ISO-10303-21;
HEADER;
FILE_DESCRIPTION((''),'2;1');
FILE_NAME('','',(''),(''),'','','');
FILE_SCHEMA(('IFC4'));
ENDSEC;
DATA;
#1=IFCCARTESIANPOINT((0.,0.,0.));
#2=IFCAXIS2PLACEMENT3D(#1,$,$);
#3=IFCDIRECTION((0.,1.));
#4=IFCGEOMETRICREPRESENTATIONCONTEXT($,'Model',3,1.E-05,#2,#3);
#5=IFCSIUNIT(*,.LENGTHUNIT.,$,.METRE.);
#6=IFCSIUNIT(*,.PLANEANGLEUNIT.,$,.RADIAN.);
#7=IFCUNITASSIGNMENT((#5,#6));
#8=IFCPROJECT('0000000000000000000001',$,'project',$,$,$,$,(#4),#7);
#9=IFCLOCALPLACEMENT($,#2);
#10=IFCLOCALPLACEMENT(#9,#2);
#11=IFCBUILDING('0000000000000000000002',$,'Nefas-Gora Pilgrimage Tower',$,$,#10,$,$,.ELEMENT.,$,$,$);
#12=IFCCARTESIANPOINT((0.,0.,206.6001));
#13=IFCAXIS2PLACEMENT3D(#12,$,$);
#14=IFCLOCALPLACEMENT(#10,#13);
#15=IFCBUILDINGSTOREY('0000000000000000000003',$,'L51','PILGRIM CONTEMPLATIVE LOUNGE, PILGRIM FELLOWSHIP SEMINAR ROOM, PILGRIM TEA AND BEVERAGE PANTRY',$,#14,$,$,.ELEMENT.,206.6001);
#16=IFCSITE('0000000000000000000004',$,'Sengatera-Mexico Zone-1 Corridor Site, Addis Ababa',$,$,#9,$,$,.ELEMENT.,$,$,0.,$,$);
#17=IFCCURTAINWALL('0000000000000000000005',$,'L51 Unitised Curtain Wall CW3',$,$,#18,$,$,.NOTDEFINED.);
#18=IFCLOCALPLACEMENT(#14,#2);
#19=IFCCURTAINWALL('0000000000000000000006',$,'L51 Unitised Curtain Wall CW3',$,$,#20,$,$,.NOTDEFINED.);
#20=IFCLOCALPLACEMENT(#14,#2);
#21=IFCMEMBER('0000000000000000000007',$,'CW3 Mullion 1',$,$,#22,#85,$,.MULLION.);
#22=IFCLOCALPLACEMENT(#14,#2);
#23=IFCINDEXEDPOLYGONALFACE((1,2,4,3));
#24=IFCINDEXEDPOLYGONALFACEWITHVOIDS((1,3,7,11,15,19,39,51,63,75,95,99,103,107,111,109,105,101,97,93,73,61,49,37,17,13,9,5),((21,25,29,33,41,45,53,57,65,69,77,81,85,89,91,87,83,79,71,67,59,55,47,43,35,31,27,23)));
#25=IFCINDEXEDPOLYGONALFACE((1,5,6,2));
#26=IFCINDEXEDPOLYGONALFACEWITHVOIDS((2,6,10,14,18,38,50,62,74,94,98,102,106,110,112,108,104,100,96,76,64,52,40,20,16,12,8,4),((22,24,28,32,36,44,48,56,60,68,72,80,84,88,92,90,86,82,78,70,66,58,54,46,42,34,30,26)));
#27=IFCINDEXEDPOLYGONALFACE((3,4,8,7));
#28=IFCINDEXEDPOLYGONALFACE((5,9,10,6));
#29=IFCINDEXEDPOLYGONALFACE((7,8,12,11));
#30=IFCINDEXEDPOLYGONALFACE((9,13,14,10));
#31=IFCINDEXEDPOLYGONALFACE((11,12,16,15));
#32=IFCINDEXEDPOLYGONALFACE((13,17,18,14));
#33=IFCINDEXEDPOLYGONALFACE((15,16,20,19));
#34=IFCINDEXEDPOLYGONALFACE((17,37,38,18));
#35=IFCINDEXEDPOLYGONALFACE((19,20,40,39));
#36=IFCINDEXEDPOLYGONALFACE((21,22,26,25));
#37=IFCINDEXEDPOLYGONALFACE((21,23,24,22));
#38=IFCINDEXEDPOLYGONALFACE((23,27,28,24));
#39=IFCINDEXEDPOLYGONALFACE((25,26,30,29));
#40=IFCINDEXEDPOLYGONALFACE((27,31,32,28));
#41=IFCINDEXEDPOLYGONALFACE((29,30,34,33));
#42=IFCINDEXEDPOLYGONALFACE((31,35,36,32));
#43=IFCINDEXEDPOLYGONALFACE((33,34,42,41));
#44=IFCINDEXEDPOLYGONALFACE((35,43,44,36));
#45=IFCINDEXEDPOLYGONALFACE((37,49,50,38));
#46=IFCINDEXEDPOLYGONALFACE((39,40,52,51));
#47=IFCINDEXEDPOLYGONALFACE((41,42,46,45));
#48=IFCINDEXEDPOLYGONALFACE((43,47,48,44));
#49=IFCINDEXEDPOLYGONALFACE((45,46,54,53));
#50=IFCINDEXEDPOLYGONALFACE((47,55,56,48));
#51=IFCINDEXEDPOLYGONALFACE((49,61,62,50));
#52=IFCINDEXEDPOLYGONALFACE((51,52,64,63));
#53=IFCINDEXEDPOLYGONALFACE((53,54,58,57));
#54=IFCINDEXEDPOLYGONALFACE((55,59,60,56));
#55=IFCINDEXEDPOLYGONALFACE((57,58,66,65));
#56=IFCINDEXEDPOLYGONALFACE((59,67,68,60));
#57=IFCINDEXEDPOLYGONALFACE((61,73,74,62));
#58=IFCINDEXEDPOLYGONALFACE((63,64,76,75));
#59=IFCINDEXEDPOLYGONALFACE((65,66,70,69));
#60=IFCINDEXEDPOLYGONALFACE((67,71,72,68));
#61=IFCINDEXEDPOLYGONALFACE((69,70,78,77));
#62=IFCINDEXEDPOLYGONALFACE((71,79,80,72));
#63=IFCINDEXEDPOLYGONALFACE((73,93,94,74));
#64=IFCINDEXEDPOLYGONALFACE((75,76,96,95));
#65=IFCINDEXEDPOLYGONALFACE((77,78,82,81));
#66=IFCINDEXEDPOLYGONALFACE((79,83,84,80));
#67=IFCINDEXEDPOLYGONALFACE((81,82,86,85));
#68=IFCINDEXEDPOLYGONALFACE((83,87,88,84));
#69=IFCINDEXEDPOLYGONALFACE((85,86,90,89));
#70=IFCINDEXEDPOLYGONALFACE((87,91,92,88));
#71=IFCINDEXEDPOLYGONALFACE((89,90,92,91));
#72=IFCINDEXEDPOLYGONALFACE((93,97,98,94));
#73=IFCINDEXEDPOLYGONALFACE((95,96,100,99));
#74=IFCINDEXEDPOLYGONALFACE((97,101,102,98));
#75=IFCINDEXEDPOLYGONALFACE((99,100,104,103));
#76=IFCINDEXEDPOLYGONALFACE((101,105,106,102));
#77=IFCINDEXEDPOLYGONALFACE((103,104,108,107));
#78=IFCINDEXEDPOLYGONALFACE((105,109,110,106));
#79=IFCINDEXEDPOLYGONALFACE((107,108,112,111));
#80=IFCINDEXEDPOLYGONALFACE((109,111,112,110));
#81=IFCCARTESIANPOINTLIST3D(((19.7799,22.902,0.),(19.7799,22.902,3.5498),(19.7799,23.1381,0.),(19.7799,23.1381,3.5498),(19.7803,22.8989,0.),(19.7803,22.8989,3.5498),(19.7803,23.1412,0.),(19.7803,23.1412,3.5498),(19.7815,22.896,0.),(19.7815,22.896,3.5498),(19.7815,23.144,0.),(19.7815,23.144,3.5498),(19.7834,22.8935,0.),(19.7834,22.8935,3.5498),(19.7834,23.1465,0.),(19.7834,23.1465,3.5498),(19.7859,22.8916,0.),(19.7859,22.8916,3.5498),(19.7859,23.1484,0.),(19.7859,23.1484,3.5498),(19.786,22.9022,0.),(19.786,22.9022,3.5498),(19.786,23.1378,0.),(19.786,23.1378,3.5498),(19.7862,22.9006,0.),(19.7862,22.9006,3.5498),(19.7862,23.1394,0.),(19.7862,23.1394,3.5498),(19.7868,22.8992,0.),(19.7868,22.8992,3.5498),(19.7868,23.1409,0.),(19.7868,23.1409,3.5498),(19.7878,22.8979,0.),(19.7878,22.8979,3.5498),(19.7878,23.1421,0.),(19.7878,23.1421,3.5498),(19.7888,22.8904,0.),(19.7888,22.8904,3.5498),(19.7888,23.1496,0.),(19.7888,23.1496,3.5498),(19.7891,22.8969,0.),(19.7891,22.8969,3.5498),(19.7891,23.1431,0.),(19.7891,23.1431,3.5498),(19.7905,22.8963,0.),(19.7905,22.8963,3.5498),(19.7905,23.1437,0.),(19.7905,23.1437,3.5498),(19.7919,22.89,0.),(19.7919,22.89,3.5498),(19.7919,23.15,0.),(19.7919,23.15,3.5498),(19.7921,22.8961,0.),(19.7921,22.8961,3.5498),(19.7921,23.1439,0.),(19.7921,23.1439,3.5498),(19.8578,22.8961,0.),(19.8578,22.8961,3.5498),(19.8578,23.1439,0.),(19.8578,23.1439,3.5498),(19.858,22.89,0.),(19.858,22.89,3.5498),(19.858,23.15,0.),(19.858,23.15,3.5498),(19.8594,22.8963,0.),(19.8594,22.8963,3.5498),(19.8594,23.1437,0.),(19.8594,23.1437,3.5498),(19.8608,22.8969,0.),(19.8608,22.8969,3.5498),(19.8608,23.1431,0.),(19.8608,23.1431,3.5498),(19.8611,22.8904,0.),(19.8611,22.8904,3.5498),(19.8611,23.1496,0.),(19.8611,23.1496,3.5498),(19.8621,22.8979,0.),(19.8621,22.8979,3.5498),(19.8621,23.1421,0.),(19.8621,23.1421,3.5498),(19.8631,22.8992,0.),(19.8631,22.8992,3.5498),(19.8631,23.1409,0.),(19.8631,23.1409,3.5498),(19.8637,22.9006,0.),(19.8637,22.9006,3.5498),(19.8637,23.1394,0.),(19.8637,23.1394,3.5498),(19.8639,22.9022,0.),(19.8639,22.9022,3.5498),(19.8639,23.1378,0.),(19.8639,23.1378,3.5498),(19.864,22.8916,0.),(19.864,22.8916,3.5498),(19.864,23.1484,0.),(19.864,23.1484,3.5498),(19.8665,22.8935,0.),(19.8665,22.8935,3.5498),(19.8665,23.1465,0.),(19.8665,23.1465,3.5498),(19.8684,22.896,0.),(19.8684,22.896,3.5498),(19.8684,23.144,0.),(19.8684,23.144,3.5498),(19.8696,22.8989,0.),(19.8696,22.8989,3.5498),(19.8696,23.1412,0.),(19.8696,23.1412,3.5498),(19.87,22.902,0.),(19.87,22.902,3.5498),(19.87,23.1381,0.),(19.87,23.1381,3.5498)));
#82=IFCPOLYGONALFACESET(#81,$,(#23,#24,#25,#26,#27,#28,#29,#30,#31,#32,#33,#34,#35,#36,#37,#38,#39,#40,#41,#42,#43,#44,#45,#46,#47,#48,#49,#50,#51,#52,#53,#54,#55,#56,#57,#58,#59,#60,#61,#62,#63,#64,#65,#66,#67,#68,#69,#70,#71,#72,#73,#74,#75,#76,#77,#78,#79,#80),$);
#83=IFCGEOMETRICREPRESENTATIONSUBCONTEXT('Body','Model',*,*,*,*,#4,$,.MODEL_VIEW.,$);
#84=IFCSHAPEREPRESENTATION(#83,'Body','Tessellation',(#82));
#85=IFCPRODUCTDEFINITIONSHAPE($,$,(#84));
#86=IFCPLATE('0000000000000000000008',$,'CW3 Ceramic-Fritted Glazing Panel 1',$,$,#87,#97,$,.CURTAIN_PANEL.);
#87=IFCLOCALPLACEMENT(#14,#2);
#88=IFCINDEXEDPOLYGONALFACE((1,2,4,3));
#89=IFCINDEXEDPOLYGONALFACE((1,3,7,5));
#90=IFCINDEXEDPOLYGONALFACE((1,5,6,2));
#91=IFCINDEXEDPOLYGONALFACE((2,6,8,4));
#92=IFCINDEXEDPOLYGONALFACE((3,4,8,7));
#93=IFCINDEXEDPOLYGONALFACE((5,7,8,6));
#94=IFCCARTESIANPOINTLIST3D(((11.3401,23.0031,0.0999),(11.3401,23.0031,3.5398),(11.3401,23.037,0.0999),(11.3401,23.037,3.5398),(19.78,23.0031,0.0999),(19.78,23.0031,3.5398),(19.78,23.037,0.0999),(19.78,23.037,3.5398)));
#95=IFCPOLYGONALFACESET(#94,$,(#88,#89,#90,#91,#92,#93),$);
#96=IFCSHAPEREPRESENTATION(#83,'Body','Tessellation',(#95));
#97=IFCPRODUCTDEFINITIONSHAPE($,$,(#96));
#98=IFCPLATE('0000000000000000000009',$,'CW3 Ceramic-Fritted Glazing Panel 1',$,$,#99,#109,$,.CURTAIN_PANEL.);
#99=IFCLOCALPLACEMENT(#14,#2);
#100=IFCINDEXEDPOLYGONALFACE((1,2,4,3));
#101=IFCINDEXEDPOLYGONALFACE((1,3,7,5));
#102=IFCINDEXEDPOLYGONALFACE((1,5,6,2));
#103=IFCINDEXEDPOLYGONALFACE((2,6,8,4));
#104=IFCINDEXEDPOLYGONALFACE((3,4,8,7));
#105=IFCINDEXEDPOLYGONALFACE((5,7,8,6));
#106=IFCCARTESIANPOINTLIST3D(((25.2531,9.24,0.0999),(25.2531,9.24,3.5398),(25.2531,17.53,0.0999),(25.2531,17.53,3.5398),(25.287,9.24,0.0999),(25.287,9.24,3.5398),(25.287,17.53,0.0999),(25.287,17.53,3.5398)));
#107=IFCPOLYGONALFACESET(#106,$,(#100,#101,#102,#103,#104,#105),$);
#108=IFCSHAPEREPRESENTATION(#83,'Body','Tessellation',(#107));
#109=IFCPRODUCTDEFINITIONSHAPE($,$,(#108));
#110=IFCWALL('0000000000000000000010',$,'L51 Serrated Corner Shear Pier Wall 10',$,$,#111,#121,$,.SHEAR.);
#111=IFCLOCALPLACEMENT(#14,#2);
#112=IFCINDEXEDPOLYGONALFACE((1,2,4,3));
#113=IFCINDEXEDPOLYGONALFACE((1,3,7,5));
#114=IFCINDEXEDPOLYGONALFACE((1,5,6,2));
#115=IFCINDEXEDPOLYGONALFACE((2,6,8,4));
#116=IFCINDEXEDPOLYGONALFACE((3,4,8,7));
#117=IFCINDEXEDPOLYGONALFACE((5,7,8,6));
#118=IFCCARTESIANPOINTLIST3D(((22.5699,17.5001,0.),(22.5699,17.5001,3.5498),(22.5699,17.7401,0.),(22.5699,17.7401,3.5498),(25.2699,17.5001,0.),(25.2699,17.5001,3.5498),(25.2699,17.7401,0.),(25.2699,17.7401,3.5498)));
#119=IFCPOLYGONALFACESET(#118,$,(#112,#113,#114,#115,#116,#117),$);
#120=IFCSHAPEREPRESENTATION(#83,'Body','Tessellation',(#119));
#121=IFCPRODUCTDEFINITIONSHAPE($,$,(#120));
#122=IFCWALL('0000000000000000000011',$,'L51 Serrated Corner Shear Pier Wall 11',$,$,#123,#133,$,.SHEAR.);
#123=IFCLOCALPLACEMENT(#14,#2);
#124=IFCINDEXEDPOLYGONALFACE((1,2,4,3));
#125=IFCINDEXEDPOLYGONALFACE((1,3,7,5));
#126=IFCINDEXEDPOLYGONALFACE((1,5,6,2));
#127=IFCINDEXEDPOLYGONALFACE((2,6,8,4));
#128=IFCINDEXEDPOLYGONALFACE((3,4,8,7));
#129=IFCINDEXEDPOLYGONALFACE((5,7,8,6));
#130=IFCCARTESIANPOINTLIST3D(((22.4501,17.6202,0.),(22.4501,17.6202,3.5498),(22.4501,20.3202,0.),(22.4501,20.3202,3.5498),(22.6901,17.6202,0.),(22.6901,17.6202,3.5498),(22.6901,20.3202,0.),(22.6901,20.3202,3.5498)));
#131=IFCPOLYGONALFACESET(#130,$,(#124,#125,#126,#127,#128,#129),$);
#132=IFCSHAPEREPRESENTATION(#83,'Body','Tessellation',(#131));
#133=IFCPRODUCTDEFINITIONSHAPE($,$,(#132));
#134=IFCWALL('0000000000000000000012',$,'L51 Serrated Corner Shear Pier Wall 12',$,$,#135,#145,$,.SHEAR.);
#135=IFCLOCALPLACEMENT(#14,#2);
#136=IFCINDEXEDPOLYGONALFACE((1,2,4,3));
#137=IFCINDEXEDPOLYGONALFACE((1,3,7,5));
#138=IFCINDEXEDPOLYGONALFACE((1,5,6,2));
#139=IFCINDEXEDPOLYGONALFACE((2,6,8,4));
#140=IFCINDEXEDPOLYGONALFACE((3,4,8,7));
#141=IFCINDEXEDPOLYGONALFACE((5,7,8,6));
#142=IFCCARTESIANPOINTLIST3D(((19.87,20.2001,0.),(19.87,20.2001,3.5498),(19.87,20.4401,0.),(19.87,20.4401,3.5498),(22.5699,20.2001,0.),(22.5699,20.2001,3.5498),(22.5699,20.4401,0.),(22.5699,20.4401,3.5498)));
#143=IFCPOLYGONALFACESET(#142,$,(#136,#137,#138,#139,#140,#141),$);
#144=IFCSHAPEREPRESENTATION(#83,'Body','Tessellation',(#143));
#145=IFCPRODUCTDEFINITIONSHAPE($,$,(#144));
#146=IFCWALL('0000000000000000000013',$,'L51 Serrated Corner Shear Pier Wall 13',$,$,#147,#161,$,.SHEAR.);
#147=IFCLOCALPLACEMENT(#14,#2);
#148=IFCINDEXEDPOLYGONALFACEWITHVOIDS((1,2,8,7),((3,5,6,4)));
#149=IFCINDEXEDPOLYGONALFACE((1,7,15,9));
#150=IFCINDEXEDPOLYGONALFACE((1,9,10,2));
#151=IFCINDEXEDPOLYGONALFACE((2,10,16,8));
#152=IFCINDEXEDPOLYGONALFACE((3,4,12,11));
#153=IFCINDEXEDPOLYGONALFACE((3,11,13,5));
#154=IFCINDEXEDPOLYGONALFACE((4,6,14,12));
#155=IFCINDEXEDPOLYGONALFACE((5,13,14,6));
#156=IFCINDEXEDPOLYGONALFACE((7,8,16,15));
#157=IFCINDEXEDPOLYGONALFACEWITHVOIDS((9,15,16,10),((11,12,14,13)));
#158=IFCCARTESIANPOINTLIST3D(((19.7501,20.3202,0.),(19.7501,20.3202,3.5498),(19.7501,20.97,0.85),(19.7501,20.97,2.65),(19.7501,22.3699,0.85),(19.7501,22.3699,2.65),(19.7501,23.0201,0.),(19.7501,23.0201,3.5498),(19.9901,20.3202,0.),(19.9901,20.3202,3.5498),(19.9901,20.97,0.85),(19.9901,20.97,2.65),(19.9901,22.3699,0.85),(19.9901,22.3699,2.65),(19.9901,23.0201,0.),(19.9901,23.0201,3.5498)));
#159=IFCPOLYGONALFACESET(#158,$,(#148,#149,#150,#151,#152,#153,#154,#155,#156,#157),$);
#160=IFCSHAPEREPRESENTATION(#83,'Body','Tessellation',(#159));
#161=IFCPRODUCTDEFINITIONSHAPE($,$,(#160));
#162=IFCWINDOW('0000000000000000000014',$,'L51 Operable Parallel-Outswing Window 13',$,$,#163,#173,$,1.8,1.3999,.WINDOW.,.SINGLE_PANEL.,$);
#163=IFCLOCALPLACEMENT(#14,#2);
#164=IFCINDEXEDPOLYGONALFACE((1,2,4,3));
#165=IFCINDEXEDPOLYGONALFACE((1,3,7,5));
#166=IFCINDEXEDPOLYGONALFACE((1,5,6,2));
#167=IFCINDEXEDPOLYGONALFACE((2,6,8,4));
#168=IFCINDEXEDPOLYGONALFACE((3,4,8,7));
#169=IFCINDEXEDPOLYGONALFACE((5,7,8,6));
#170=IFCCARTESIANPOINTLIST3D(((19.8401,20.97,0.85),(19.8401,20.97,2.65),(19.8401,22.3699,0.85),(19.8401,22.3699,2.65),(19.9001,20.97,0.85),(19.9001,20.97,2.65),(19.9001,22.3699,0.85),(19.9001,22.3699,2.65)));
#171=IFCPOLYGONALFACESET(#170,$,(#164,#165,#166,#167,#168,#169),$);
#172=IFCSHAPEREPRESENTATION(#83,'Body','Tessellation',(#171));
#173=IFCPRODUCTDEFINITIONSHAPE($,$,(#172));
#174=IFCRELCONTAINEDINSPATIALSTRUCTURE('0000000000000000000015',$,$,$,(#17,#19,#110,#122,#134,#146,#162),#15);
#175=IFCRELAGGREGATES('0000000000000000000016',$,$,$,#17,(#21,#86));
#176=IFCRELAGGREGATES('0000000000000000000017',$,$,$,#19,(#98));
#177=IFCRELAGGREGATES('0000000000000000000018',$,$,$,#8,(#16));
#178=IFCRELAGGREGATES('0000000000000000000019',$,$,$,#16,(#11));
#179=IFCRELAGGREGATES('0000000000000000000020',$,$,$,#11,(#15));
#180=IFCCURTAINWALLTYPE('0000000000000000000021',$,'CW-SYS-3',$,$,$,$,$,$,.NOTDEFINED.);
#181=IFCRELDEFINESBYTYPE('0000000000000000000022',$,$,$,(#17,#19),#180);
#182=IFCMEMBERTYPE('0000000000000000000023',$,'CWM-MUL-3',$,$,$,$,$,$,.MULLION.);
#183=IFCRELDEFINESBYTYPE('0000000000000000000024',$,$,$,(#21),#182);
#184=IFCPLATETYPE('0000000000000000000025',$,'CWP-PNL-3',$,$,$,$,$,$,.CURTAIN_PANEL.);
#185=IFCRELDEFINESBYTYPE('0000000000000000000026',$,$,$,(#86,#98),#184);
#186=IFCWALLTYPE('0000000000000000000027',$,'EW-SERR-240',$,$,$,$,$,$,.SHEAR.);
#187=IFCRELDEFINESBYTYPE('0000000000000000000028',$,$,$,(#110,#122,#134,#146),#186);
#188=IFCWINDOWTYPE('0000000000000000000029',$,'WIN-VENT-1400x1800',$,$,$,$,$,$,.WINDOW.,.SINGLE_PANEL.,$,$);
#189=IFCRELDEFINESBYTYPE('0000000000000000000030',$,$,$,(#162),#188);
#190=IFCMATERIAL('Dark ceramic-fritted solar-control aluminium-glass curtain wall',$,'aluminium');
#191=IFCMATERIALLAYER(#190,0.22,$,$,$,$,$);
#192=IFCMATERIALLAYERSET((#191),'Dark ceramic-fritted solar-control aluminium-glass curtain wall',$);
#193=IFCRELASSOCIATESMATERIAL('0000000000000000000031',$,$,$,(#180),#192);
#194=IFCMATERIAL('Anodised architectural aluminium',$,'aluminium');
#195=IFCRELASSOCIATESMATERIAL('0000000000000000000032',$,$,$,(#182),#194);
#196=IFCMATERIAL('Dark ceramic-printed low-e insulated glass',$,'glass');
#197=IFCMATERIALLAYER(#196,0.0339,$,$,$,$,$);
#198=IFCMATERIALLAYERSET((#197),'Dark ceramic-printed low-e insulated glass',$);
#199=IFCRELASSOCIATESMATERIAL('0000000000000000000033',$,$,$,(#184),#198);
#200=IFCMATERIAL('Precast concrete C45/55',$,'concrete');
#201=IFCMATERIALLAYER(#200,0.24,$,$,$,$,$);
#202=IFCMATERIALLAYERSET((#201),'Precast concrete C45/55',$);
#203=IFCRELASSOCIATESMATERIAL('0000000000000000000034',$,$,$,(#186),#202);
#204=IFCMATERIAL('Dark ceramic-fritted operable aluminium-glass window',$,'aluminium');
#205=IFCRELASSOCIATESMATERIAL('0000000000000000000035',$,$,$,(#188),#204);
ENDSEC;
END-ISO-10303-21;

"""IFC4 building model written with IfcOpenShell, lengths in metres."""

from ifc_helpers import new_model, si_unit, direction, frame, frame_2d, origin, origin_2d, place, context, subcontext, project, spatial, rectangle, hollow_rectangle, extrude, source, transform, mapped, material, layer, layer_set, material_profile, profile_set, type_object, element, fill, aggregate, save


model = new_model("IFC4")

# Units and contexts
model_context = context("Model", 3, precision=1e-05, world=origin(), true_north=direction((0.0, 1.0)))
body_context = subcontext(model_context, "Body", "Model", "MODEL_VIEW")
ifc_project = project(units=[si_unit("LENGTHUNIT", "METRE"), si_unit("PLANEANGLEUNIT", "RADIAN")], contexts=[model_context])

# Site, building, storey
site_placement = place(None, origin())
site = spatial("IfcSite", under=ifc_project, at=site_placement, Name="Sengatera-Mexico Zone-1 Corridor Site, Addis Ababa", CompositionType="ELEMENT", RefElevation=0.0)
building_placement = place(site_placement, origin())
building = spatial("IfcBuilding", under=site, at=building_placement, Name="Nefas-Gora Pilgrimage Tower", CompositionType="ELEMENT")
storey_placement = place(building_placement, frame((0.0, 0.0, 206.6001)))
storey = spatial("IfcBuildingStorey", under=building, at=storey_placement, Name="L51", Description="PILGRIM CONTEMPLATIVE LOUNGE, PILGRIM FELLOWSHIP SEMINAR ROOM, PILGRIM TEA AND BEVERAGE PANTRY", CompositionType="ELEMENT", Elevation=206.6001)

# Curtain wall
ifc_material_1 = material(Name="Dark ceramic-fritted solar-control aluminium-glass curtain wall", Category="aluminium")
ifc_layer_1 = layer(ifc_material_1, 0.22)
ifc_layer_set_1 = layer_set([ifc_layer_1], Name="Dark ceramic-fritted solar-control aluminium-glass curtain wall")
curtain_wall_type = type_object("IfcCurtainWallType", Name="CW-SYS-3", PredefinedType="NOTDEFINED", material=ifc_layer_set_1)
curtain_wall_1_placement = place(storey_placement, origin())
curtain_wall_1 = element("IfcCurtainWall", 1, at=curtain_wall_1_placement, inside=storey, type_object=curtain_wall_type, Name="L51 Unitised Curtain Wall CW3", PredefinedType="NOTDEFINED")
ifc_material_2 = material(Name="Anodised architectural aluminium", Category="aluminium")

# Curtain wall
curtain_wall_2_placement = place(storey_placement, origin())
curtain_wall_2 = element("IfcCurtainWall", 2, at=curtain_wall_2_placement, inside=storey, type_object=curtain_wall_type, Name="L51 Unitised Curtain Wall CW3", PredefinedType="NOTDEFINED")
ifc_material_profile_1 = material_profile(ifc_material_2, hollow_rectangle(XDim=0.0901, YDim=0.26, WallThickness=0.0061, InnerFilletRadius=0.0061, OuterFilletRadius=0.012, at=origin_2d()), Name="ALU MULLION 90x260")
ifc_profile_set_1 = profile_set([ifc_material_profile_1], Name="Anodised architectural aluminium")
member_type_1 = type_object("IfcMemberType", Name="CWM-MUL-3", PredefinedType="MULLION", material=ifc_profile_set_1)
shared_shape_1 = source(origin(), body_context, "Body", "SweptSolid", [
    extrude(hollow_rectangle(XDim=0.0901, YDim=0.26, WallThickness=0.0061, InnerFilletRadius=0.0061, OuterFilletRadius=0.012, at=origin_2d()), origin(), (0.0, 0.0, 1.0), 3.5498),
])

# Member
member_1_placement = place(storey_placement, frame((19.825, 23.02, 0.0), z_axis=(0.0, 0.0, 1.0), x_axis=(-1.0, 0.0, 0.0)))
member_1 = element("IfcMember", 3, at=member_1_placement, type_object=member_type_1, Name="CW3 Mullion 1", PredefinedType="MULLION", context=body_context, shape_type="MappedRepresentation", body=[
    mapped(shared_shape_1, transform((0.0, 0.0, 0.0), x_axis=(1.0, 0.0, 0.0), y_axis=(0.0, 1.0, 0.0), z_axis=(0.0, 0.0, 1.0), scale=1.0)),
])

# Plates
ifc_material_3 = material(Name="Dark ceramic-printed low-e insulated glass", Category="glass")
ifc_layer_2 = layer(ifc_material_3, 0.0339)
ifc_layer_set_2 = layer_set([ifc_layer_2], Name="Dark ceramic-printed low-e insulated glass")
plate_type = type_object("IfcPlateType", Name="CWP-PNL-3", PredefinedType="CURTAIN_PANEL", material=ifc_layer_set_2)
shared_shape_2 = source(origin(), body_context, "Body", "SweptSolid", [
    extrude(rectangle(XDim=8.4399, YDim=0.0339, at=origin_2d()), origin(), (0.0, 0.0, 1.0), 3.4399),
])
plate_1_placement = place(storey_placement, frame((15.5601, 23.02, 0.0999), z_axis=(0.0, 0.0, 1.0), x_axis=(-1.0, 0.0, 0.0)))
plate_1 = element("IfcPlate", 4, at=plate_1_placement, type_object=plate_type, Name="CW3 Ceramic-Fritted Glazing Panel 1", PredefinedType="CURTAIN_PANEL", context=body_context, shape_type="MappedRepresentation", body=[
    mapped(shared_shape_2, transform((0.0, 0.0, 0.0), x_axis=(1.0, 0.0, 0.0), y_axis=(0.0, 1.0, 0.0), z_axis=(0.0, 0.0, 1.0), scale=1.0)),
])
aggregate(curtain_wall_1, [member_1, plate_1])
shared_shape_3 = source(origin(), body_context, "Body", "SweptSolid", [
    extrude(rectangle(XDim=8.29, YDim=0.0339, at=origin_2d()), origin(), (0.0, 0.0, 1.0), 3.4399),
])
plate_2_placement = place(storey_placement, frame((25.27, 13.385, 0.0999), z_axis=(0.0, 0.0, 1.0), x_axis=(0.0, 1.0, 0.0)))
plate_2 = element("IfcPlate", 5, at=plate_2_placement, type_object=plate_type, Name="CW3 Ceramic-Fritted Glazing Panel 1", PredefinedType="CURTAIN_PANEL", context=body_context, shape_type="MappedRepresentation", body=[
    mapped(shared_shape_3, transform((0.0, 0.0, 0.0), x_axis=(1.0, 0.0, 0.0), y_axis=(0.0, 1.0, 0.0), z_axis=(0.0, 0.0, 1.0), scale=1.0)),
])
aggregate(curtain_wall_2, [plate_2])

# Walls
ifc_material_4 = material(Name="Precast concrete C45/55", Category="concrete")
ifc_layer_3 = layer(ifc_material_4, 0.24)
ifc_layer_set_3 = layer_set([ifc_layer_3], Name="Precast concrete C45/55")
wall_type_1 = type_object("IfcWallType", Name="EW-SERR-240", PredefinedType="SHEAR", material=ifc_layer_set_3)
shared_shape_4 = source(origin(), body_context, "Body", "SweptSolid", [
    extrude(rectangle(XDim=2.7, YDim=0.24, at=frame_2d((1.3501, 0.0))), origin(), (0.0, 0.0, 1.0), 3.5498),
])
for number, where, z_axis, x_axis, name in (
    (6, (25.27, 17.6201, 0.0), (0.0, 0.0, 1.0), (-1.0, 0.0, 0.0), "L51 Serrated Corner Shear Pier Wall 10"),
    (7, (22.5701, 17.6201, 0.0), (0.0, 0.0, 1.0), (0.0, 1.0, 0.0), "L51 Serrated Corner Shear Pier Wall 11"),
    (8, (22.5701, 20.3201, 0.0), (0.0, 0.0, 1.0), (-1.0, 0.0, 0.0), "L51 Serrated Corner Shear Pier Wall 12"),
):
    element("IfcWall", number, at=place(storey_placement, frame(where, z_axis=z_axis, x_axis=x_axis)), inside=storey, type_object=wall_type_1, Name=name, PredefinedType="SHEAR", context=body_context, shape_type="MappedRepresentation", body=[
        mapped(shared_shape_4, transform((0.0, 0.0, 0.0), x_axis=(1.0, 0.0, 0.0), y_axis=(0.0, 1.0, 0.0), z_axis=(0.0, 0.0, 1.0), scale=1.0)),
    ])

# Wall, opening, window
wall_1_placement = place(storey_placement, frame((19.8701, 20.3201, 0.0), z_axis=(0.0, 0.0, 1.0), x_axis=(0.0, 1.0, 0.0)))
wall_1 = element("IfcWall", 9, at=wall_1_placement, inside=storey, type_object=wall_type_1, Name="L51 Serrated Corner Shear Pier Wall 13", PredefinedType="SHEAR", context=body_context, shape_type="MappedRepresentation", body=[
    mapped(shared_shape_4, transform((0.0, 0.0, 0.0), x_axis=(1.0, 0.0, 0.0), y_axis=(0.0, 1.0, 0.0), z_axis=(0.0, 0.0, 1.0), scale=1.0)),
])
opening_1_placement = place(wall_1_placement, frame((0.6499, 0.0, 0.8501)))
opening_1 = element("IfcOpeningElement", 10, at=opening_1_placement, cuts=wall_1, PredefinedType="OPENING", context=body_context, shape_type="SweptSolid", body=[
    extrude(rectangle(XDim=1.3999, YDim=1.8, at=frame_2d((0.7, 0.8999))), frame((0.0, 0.1299, 0.0), z_axis=(0.0, -1.0, 0.0), x_axis=(1.0, 0.0, 0.0)), (0.0, 0.0, 1.0), 0.26),
])
ifc_material_5 = material(Name="Dark ceramic-fritted operable aluminium-glass window", Category="aluminium")
window_type = type_object("IfcWindowType", Name="WIN-VENT-1400x1800", PartitioningType="SINGLE_PANEL", PredefinedType="WINDOW", material=ifc_material_5)
shared_shape_5 = source(origin(), body_context, "Body", "SweptSolid", [
    extrude(rectangle(XDim=1.3999, YDim=1.8, at=frame_2d((0.7, 0.8999))), frame((0.0, 0.03, 0.0), z_axis=(0.0, -1.0, 0.0), x_axis=(1.0, 0.0, 0.0)), (0.0, 0.0, 1.0), 0.0601),
])
window_placement = place(opening_1_placement, origin())
window = element("IfcWindow", 11, at=window_placement, inside=storey, type_object=window_type, Name="L51 Operable Parallel-Outswing Window 13", OverallHeight=1.8, OverallWidth=1.3999, PartitioningType="SINGLE_PANEL", PredefinedType="WINDOW", context=body_context, shape_type="MappedRepresentation", body=[
    mapped(shared_shape_5, transform((0.0, 0.0, 0.0), x_axis=(1.0, 0.0, 0.0), y_axis=(0.0, 1.0, 0.0), z_axis=(0.0, 0.0, 1.0), scale=1.0)),
])
fill(opening_1, window)

save(model, "model.ifc")
